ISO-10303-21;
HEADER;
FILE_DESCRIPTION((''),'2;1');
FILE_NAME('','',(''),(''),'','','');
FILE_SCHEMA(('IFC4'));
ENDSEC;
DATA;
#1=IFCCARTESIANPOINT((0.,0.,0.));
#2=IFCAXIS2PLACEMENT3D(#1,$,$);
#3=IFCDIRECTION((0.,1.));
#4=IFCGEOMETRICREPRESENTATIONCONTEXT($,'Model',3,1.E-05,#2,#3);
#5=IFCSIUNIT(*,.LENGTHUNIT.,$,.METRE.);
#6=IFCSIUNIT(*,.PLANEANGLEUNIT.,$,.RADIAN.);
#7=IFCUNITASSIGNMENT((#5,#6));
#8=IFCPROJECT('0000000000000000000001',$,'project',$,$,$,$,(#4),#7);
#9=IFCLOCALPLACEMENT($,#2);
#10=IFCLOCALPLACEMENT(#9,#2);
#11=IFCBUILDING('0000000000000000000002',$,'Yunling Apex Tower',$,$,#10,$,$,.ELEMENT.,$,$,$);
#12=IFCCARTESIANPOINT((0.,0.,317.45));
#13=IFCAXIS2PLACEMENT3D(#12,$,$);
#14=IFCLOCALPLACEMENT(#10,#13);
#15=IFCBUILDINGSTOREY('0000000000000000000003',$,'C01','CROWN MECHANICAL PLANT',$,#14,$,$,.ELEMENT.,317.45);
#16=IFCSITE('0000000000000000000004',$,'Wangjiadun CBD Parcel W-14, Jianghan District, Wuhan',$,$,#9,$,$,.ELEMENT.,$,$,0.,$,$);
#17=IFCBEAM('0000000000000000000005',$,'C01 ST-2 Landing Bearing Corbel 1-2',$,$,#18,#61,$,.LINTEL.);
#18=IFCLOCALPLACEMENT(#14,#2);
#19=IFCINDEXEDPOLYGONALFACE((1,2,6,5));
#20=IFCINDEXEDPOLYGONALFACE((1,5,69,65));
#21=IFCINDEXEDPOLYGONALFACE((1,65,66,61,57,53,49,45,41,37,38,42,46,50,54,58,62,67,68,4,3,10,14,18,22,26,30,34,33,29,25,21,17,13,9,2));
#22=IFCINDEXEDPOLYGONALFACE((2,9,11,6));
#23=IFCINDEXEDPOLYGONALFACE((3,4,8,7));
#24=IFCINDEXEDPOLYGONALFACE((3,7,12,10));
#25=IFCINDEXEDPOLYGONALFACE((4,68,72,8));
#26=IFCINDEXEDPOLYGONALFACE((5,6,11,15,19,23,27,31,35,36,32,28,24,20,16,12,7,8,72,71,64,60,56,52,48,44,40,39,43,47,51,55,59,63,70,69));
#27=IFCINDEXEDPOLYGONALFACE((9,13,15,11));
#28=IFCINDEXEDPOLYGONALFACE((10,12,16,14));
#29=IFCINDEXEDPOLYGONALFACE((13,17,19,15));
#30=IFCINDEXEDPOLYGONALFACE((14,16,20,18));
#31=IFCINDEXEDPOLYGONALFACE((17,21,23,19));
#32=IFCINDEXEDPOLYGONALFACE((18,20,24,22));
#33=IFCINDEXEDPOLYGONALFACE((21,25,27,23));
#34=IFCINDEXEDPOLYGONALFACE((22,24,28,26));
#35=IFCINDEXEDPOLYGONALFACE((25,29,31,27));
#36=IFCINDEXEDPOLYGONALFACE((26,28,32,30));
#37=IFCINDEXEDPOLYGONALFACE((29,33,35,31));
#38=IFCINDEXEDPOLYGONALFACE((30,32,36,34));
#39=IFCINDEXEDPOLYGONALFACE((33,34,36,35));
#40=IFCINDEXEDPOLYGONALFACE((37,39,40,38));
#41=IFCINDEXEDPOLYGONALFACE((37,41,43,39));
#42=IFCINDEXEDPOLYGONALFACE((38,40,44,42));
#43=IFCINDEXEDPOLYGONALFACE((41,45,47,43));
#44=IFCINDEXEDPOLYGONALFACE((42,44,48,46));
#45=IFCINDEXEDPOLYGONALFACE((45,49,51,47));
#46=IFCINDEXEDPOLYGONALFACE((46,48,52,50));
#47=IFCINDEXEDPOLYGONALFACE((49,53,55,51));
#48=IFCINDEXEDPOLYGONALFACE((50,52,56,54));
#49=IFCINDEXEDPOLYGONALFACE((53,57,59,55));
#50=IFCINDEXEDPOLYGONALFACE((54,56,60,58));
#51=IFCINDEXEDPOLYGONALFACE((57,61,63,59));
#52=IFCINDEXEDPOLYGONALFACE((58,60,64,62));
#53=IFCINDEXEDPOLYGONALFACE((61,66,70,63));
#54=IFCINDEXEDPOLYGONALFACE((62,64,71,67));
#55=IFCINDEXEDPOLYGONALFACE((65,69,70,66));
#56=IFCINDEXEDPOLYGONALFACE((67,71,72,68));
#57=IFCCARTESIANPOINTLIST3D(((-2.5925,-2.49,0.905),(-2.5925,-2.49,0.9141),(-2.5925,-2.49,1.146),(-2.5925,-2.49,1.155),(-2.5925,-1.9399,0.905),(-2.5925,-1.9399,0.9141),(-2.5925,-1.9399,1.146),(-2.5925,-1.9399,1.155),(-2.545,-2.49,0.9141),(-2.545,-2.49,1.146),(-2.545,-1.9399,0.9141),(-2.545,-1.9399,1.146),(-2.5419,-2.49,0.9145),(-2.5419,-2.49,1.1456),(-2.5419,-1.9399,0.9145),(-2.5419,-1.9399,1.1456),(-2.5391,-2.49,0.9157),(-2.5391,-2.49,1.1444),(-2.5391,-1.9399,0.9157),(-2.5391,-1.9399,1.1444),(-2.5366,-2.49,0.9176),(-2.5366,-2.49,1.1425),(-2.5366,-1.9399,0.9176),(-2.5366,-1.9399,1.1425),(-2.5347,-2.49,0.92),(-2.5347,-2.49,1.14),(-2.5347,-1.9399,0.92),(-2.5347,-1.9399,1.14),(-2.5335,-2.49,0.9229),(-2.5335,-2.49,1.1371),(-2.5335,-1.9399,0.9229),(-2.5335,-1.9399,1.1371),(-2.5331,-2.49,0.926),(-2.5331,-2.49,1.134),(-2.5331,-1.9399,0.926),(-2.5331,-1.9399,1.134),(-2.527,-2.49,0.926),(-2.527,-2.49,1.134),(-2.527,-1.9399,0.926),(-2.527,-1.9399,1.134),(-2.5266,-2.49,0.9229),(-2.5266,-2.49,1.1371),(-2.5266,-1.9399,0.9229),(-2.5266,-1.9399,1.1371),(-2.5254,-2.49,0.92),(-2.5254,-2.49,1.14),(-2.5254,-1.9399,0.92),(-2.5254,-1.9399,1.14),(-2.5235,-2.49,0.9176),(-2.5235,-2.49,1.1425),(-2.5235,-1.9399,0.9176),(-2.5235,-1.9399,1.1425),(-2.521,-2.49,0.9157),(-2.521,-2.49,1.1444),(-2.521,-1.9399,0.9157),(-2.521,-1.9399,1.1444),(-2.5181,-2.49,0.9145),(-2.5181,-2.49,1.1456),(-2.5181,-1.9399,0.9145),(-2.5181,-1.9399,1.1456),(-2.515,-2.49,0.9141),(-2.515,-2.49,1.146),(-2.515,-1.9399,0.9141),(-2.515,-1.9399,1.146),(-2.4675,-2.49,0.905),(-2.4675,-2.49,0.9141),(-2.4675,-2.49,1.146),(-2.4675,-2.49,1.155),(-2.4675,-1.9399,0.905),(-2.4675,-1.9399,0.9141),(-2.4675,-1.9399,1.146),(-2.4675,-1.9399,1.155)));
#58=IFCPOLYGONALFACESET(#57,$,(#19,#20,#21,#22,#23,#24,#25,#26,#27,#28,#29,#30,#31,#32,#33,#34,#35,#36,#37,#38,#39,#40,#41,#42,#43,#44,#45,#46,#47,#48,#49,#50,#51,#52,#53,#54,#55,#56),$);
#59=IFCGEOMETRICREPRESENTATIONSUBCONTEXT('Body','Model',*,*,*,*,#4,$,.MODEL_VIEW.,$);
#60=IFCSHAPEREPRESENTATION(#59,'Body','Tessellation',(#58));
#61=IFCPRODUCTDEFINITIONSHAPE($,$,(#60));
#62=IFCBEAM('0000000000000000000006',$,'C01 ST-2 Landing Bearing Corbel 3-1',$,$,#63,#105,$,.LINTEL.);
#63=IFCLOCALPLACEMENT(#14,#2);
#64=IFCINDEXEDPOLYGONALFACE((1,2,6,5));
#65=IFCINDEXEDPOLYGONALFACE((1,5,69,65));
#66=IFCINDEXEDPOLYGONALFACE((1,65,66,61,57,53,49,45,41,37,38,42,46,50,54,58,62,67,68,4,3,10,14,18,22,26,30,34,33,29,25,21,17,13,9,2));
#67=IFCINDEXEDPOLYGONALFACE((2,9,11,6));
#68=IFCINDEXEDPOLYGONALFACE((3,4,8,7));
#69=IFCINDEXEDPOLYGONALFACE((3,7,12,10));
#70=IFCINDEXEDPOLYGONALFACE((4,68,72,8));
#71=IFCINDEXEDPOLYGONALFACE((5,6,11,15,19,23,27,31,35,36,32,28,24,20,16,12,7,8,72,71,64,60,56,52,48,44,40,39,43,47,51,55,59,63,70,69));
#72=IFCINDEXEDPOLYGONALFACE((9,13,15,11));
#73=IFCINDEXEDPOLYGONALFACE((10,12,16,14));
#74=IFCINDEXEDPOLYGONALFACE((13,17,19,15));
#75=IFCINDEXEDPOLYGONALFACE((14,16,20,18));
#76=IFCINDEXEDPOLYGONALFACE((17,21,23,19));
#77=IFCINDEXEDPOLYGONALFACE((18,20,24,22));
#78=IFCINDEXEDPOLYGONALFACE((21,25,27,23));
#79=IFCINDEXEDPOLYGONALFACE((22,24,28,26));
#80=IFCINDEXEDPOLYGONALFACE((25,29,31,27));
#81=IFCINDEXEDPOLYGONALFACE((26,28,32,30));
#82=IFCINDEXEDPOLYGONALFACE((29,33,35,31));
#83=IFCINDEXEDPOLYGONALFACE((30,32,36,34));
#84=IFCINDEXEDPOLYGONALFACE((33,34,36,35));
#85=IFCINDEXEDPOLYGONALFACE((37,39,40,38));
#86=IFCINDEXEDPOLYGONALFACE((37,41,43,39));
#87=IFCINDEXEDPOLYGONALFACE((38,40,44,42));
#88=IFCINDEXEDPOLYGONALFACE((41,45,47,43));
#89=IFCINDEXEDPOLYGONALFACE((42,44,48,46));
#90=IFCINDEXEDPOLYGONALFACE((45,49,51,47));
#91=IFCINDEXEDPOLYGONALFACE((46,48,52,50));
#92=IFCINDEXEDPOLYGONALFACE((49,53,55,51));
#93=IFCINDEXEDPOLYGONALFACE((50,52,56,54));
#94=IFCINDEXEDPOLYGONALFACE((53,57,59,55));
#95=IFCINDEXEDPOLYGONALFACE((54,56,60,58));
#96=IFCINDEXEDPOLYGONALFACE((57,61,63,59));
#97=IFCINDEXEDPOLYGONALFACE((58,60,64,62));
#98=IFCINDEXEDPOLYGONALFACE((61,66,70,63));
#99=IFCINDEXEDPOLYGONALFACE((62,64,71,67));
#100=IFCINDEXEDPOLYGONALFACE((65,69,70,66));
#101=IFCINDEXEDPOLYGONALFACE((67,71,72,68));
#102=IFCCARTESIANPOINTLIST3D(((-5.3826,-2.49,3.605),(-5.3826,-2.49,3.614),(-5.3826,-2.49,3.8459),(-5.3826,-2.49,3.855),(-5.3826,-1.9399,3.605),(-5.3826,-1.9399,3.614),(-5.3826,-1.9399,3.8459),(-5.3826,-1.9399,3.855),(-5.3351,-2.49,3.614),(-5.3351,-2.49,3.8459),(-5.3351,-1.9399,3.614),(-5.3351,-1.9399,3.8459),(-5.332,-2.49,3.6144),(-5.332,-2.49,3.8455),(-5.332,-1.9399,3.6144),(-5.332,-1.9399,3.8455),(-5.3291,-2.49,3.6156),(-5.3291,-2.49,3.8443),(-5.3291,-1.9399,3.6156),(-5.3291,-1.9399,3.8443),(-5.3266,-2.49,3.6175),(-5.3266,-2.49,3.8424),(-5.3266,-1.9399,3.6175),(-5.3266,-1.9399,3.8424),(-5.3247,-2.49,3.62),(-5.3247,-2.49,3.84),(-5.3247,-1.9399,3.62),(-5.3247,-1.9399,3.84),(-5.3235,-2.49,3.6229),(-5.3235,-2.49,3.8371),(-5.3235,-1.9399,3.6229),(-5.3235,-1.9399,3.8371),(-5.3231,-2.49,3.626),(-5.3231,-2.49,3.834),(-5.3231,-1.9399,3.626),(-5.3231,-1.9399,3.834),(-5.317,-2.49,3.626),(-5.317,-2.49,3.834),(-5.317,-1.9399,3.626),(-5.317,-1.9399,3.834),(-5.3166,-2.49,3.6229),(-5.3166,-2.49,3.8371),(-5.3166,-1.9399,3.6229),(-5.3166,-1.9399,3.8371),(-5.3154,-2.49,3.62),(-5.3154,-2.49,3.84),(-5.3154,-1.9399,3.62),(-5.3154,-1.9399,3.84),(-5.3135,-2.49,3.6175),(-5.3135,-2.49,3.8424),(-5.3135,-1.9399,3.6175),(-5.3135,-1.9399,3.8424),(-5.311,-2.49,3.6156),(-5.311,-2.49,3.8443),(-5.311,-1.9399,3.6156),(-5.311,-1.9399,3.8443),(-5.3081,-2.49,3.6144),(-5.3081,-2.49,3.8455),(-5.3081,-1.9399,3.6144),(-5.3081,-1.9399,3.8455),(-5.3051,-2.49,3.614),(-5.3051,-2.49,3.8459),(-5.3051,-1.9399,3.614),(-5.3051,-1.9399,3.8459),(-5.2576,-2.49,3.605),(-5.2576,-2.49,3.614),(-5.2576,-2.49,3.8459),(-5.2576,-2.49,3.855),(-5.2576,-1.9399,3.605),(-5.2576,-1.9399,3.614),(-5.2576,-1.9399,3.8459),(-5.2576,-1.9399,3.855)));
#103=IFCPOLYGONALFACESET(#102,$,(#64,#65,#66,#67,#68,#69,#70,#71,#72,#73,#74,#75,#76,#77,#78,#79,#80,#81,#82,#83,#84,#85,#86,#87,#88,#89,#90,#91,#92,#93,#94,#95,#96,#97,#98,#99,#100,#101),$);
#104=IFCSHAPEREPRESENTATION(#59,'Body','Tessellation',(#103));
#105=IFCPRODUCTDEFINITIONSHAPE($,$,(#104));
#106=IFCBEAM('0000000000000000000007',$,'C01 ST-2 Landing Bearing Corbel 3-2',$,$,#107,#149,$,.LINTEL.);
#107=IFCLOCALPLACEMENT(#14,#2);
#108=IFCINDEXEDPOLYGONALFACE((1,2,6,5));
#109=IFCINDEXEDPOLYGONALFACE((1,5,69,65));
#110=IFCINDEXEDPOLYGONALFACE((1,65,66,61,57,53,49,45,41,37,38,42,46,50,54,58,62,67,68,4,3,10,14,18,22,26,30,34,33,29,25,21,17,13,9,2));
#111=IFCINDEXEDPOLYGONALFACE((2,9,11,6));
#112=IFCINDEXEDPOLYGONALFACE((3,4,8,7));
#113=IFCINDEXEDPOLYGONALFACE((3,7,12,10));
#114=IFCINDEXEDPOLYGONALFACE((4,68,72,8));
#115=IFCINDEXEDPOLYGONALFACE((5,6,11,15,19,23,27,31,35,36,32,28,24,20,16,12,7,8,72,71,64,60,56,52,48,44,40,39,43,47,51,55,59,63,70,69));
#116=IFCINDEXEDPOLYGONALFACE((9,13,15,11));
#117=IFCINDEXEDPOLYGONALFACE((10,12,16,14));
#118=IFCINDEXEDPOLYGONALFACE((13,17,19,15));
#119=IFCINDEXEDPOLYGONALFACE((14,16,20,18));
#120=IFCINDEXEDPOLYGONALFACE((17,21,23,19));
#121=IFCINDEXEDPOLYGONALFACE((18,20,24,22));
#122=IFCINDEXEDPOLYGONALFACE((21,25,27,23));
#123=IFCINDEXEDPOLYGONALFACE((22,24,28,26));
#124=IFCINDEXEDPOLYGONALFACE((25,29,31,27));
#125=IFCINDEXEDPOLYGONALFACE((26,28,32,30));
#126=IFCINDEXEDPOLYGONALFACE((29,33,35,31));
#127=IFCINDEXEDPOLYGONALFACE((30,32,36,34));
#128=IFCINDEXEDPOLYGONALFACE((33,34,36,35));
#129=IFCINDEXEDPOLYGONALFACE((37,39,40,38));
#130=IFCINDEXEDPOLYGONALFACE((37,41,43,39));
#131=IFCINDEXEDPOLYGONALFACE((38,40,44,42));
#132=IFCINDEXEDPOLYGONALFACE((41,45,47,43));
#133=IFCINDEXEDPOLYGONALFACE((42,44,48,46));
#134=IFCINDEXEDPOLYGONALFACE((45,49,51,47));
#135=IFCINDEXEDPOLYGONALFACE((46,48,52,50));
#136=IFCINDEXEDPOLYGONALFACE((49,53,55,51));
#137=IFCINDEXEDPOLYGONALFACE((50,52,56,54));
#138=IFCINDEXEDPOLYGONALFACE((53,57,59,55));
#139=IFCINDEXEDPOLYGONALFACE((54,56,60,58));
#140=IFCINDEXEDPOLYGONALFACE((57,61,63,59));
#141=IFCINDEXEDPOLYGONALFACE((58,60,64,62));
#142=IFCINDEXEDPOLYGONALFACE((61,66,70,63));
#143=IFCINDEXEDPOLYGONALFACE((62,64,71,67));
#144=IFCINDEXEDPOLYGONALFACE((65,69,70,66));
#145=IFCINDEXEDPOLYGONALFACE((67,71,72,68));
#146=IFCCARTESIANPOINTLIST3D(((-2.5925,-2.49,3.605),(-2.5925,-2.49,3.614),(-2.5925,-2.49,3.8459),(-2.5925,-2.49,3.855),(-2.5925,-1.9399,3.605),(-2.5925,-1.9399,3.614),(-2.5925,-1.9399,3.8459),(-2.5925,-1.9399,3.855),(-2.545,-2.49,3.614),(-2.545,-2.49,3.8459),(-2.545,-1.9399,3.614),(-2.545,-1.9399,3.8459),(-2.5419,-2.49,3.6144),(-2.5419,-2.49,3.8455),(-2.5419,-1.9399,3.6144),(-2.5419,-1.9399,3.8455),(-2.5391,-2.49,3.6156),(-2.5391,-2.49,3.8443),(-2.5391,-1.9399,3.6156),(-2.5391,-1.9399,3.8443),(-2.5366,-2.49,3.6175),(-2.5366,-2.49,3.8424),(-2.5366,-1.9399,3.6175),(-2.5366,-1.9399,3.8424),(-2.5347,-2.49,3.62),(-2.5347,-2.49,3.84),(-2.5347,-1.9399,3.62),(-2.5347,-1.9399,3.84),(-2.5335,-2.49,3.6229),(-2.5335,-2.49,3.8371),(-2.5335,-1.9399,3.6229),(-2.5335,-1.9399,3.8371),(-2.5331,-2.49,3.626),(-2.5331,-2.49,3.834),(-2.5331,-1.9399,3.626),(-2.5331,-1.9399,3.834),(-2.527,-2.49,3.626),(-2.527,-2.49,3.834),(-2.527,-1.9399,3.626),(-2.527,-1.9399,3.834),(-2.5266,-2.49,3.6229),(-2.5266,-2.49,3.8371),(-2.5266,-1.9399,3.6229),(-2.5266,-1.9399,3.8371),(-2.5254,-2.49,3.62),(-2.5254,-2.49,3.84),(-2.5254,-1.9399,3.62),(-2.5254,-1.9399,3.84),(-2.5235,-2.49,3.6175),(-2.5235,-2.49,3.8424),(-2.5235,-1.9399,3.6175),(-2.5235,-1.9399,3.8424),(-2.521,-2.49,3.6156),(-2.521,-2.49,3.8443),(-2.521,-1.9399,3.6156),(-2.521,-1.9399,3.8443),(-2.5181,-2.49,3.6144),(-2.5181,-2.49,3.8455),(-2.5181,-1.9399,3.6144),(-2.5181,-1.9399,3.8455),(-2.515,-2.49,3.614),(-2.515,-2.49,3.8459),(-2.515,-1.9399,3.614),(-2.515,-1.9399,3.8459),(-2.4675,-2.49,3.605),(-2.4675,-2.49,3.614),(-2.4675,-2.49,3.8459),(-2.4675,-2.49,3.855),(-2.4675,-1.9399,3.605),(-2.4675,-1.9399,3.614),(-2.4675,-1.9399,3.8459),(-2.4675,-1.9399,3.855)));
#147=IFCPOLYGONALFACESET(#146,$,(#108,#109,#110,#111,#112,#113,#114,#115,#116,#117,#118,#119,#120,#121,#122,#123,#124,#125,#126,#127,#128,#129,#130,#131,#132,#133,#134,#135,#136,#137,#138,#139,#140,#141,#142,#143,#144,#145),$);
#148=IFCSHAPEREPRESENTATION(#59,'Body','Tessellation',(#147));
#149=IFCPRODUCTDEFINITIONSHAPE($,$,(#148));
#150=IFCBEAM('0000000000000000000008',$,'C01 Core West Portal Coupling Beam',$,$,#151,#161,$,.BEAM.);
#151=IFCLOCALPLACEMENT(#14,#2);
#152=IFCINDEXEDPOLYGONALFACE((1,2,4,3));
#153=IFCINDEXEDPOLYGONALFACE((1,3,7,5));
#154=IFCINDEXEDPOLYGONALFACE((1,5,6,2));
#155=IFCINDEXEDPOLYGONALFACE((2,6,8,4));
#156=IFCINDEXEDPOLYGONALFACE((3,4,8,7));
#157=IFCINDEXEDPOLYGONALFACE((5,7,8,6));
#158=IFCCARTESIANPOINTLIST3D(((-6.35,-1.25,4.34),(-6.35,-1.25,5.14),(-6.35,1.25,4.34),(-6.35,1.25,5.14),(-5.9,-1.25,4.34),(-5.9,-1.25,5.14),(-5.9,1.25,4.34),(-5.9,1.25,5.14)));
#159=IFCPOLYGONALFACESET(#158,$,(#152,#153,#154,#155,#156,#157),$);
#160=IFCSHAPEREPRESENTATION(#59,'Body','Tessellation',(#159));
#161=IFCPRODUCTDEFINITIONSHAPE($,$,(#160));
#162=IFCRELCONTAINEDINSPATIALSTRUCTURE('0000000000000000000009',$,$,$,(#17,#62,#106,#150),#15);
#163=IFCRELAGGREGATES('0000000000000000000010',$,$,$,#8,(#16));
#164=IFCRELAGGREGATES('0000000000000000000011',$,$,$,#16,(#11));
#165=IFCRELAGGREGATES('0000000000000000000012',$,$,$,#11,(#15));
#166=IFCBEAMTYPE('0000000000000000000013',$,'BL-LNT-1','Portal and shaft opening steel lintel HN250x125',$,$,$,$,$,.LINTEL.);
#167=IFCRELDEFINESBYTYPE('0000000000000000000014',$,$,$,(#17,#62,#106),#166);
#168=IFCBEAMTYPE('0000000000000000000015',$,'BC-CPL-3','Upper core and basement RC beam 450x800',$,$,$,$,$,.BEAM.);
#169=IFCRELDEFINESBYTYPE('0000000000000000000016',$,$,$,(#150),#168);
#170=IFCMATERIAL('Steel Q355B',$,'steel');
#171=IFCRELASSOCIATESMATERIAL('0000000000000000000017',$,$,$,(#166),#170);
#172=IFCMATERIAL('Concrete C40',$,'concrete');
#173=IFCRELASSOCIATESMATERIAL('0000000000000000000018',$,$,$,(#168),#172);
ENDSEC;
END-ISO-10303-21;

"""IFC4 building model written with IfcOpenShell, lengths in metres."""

from ifc_helpers import new_model, si_unit, direction, frame, origin, origin_2d, place, context, subcontext, project, spatial, rectangle, i_section, extrude, source, transform, mapped, material, material_profile, profile_set, type_object, element, save


model = new_model("IFC4")

# Units and contexts
model_context = context("Model", 3, precision=1e-05, world=origin(), true_north=direction((0.0, 1.0)))
body_context = subcontext(model_context, "Body", "Model", "MODEL_VIEW")
ifc_project = project(units=[si_unit("LENGTHUNIT", "METRE"), si_unit("PLANEANGLEUNIT", "RADIAN")], contexts=[model_context])

# Site, building, storey
site_placement = place(None, origin())
site = spatial("IfcSite", under=ifc_project, at=site_placement, Name="Wangjiadun CBD Parcel W-14, Jianghan District, Wuhan", CompositionType="ELEMENT", RefElevation=0.0)
building_placement = place(site_placement, origin())
building = spatial("IfcBuilding", under=site, at=building_placement, Name="Yunling Apex Tower", CompositionType="ELEMENT")
storey_placement = place(building_placement, frame((0.0, 0.0, 317.45)))
storey = spatial("IfcBuildingStorey", under=building, at=storey_placement, Name="C01", Description="CROWN MECHANICAL PLANT", CompositionType="ELEMENT", Elevation=317.45)

# Beams
ifc_material_1 = material(Name="Steel Q355B", Category="steel")
ifc_material_profile_1 = material_profile(ifc_material_1, i_section(OverallWidth=0.125, OverallDepth=0.25, WebThickness=0.0061, FlangeThickness=0.009, FilletRadius=0.012, at=origin_2d()))
ifc_profile_set_1 = profile_set([ifc_material_profile_1], Name="Steel Q355B")
beam_type_1 = type_object("IfcBeamType", Name="BL-LNT-1", Description="Portal and shaft opening steel lintel HN250x125", PredefinedType="LINTEL", material=ifc_profile_set_1)
shared_shape_1 = source(origin(), body_context, "Body", "SweptSolid", [
    extrude(i_section(OverallWidth=0.125, OverallDepth=0.25, WebThickness=0.0061, FlangeThickness=0.009, FilletRadius=0.012, at=origin_2d()), origin(), (0.0, 0.0, 1.0), 0.55),
])
for number, where, z_axis, x_axis, name in (
    (1, (-2.53, -1.9399, 1.03), (0.0, -1.0, 0.0), (1.0, 0.0, 0.0), "C01 ST-2 Landing Bearing Corbel 1-2"),
    (2, (-5.3201, -1.9399, 3.73), (0.0, -1.0, 0.0), (1.0, 0.0, 0.0), "C01 ST-2 Landing Bearing Corbel 3-1"),
    (3, (-2.53, -1.9399, 3.73), (0.0, -1.0, 0.0), (1.0, 0.0, 0.0), "C01 ST-2 Landing Bearing Corbel 3-2"),
):
    element("IfcBeam", number, at=place(storey_placement, frame(where, z_axis=z_axis, x_axis=x_axis)), inside=storey, type_object=beam_type_1, Name=name, PredefinedType="LINTEL", context=body_context, shape_type="MappedRepresentation", body=[
        mapped(shared_shape_1, transform((0.0, 0.0, 0.0), scale=1.0)),
    ])
ifc_material_2 = material(Name="Concrete C40", Category="concrete")
ifc_material_profile_2 = material_profile(ifc_material_2, rectangle(XDim=0.45, YDim=0.8, at=origin_2d()))
ifc_profile_set_2 = profile_set([ifc_material_profile_2], Name="Concrete C40")
beam_type_2 = type_object("IfcBeamType", Name="BC-CPL-3", Description="Upper core and basement RC beam 450x800", PredefinedType="BEAM", material=ifc_profile_set_2)
shared_shape_2 = source(origin(), body_context, "Body", "SweptSolid", [
    extrude(rectangle(XDim=0.45, YDim=0.8, at=origin_2d()), origin(), (0.0, 0.0, 1.0), 2.5),
])
beam_1_placement = place(storey_placement, frame((-6.125, -1.25, 4.74), z_axis=(0.0, 1.0, 0.0), x_axis=(-1.0, 0.0, 0.0)))
element("IfcBeam", 4, at=beam_1_placement, inside=storey, type_object=beam_type_2, Name="C01 Core West Portal Coupling Beam", PredefinedType="BEAM", context=body_context, shape_type="MappedRepresentation", body=[
    mapped(shared_shape_2, transform((0.0, 0.0, 0.0), scale=1.0)),
])

save(model, "model.ifc")
